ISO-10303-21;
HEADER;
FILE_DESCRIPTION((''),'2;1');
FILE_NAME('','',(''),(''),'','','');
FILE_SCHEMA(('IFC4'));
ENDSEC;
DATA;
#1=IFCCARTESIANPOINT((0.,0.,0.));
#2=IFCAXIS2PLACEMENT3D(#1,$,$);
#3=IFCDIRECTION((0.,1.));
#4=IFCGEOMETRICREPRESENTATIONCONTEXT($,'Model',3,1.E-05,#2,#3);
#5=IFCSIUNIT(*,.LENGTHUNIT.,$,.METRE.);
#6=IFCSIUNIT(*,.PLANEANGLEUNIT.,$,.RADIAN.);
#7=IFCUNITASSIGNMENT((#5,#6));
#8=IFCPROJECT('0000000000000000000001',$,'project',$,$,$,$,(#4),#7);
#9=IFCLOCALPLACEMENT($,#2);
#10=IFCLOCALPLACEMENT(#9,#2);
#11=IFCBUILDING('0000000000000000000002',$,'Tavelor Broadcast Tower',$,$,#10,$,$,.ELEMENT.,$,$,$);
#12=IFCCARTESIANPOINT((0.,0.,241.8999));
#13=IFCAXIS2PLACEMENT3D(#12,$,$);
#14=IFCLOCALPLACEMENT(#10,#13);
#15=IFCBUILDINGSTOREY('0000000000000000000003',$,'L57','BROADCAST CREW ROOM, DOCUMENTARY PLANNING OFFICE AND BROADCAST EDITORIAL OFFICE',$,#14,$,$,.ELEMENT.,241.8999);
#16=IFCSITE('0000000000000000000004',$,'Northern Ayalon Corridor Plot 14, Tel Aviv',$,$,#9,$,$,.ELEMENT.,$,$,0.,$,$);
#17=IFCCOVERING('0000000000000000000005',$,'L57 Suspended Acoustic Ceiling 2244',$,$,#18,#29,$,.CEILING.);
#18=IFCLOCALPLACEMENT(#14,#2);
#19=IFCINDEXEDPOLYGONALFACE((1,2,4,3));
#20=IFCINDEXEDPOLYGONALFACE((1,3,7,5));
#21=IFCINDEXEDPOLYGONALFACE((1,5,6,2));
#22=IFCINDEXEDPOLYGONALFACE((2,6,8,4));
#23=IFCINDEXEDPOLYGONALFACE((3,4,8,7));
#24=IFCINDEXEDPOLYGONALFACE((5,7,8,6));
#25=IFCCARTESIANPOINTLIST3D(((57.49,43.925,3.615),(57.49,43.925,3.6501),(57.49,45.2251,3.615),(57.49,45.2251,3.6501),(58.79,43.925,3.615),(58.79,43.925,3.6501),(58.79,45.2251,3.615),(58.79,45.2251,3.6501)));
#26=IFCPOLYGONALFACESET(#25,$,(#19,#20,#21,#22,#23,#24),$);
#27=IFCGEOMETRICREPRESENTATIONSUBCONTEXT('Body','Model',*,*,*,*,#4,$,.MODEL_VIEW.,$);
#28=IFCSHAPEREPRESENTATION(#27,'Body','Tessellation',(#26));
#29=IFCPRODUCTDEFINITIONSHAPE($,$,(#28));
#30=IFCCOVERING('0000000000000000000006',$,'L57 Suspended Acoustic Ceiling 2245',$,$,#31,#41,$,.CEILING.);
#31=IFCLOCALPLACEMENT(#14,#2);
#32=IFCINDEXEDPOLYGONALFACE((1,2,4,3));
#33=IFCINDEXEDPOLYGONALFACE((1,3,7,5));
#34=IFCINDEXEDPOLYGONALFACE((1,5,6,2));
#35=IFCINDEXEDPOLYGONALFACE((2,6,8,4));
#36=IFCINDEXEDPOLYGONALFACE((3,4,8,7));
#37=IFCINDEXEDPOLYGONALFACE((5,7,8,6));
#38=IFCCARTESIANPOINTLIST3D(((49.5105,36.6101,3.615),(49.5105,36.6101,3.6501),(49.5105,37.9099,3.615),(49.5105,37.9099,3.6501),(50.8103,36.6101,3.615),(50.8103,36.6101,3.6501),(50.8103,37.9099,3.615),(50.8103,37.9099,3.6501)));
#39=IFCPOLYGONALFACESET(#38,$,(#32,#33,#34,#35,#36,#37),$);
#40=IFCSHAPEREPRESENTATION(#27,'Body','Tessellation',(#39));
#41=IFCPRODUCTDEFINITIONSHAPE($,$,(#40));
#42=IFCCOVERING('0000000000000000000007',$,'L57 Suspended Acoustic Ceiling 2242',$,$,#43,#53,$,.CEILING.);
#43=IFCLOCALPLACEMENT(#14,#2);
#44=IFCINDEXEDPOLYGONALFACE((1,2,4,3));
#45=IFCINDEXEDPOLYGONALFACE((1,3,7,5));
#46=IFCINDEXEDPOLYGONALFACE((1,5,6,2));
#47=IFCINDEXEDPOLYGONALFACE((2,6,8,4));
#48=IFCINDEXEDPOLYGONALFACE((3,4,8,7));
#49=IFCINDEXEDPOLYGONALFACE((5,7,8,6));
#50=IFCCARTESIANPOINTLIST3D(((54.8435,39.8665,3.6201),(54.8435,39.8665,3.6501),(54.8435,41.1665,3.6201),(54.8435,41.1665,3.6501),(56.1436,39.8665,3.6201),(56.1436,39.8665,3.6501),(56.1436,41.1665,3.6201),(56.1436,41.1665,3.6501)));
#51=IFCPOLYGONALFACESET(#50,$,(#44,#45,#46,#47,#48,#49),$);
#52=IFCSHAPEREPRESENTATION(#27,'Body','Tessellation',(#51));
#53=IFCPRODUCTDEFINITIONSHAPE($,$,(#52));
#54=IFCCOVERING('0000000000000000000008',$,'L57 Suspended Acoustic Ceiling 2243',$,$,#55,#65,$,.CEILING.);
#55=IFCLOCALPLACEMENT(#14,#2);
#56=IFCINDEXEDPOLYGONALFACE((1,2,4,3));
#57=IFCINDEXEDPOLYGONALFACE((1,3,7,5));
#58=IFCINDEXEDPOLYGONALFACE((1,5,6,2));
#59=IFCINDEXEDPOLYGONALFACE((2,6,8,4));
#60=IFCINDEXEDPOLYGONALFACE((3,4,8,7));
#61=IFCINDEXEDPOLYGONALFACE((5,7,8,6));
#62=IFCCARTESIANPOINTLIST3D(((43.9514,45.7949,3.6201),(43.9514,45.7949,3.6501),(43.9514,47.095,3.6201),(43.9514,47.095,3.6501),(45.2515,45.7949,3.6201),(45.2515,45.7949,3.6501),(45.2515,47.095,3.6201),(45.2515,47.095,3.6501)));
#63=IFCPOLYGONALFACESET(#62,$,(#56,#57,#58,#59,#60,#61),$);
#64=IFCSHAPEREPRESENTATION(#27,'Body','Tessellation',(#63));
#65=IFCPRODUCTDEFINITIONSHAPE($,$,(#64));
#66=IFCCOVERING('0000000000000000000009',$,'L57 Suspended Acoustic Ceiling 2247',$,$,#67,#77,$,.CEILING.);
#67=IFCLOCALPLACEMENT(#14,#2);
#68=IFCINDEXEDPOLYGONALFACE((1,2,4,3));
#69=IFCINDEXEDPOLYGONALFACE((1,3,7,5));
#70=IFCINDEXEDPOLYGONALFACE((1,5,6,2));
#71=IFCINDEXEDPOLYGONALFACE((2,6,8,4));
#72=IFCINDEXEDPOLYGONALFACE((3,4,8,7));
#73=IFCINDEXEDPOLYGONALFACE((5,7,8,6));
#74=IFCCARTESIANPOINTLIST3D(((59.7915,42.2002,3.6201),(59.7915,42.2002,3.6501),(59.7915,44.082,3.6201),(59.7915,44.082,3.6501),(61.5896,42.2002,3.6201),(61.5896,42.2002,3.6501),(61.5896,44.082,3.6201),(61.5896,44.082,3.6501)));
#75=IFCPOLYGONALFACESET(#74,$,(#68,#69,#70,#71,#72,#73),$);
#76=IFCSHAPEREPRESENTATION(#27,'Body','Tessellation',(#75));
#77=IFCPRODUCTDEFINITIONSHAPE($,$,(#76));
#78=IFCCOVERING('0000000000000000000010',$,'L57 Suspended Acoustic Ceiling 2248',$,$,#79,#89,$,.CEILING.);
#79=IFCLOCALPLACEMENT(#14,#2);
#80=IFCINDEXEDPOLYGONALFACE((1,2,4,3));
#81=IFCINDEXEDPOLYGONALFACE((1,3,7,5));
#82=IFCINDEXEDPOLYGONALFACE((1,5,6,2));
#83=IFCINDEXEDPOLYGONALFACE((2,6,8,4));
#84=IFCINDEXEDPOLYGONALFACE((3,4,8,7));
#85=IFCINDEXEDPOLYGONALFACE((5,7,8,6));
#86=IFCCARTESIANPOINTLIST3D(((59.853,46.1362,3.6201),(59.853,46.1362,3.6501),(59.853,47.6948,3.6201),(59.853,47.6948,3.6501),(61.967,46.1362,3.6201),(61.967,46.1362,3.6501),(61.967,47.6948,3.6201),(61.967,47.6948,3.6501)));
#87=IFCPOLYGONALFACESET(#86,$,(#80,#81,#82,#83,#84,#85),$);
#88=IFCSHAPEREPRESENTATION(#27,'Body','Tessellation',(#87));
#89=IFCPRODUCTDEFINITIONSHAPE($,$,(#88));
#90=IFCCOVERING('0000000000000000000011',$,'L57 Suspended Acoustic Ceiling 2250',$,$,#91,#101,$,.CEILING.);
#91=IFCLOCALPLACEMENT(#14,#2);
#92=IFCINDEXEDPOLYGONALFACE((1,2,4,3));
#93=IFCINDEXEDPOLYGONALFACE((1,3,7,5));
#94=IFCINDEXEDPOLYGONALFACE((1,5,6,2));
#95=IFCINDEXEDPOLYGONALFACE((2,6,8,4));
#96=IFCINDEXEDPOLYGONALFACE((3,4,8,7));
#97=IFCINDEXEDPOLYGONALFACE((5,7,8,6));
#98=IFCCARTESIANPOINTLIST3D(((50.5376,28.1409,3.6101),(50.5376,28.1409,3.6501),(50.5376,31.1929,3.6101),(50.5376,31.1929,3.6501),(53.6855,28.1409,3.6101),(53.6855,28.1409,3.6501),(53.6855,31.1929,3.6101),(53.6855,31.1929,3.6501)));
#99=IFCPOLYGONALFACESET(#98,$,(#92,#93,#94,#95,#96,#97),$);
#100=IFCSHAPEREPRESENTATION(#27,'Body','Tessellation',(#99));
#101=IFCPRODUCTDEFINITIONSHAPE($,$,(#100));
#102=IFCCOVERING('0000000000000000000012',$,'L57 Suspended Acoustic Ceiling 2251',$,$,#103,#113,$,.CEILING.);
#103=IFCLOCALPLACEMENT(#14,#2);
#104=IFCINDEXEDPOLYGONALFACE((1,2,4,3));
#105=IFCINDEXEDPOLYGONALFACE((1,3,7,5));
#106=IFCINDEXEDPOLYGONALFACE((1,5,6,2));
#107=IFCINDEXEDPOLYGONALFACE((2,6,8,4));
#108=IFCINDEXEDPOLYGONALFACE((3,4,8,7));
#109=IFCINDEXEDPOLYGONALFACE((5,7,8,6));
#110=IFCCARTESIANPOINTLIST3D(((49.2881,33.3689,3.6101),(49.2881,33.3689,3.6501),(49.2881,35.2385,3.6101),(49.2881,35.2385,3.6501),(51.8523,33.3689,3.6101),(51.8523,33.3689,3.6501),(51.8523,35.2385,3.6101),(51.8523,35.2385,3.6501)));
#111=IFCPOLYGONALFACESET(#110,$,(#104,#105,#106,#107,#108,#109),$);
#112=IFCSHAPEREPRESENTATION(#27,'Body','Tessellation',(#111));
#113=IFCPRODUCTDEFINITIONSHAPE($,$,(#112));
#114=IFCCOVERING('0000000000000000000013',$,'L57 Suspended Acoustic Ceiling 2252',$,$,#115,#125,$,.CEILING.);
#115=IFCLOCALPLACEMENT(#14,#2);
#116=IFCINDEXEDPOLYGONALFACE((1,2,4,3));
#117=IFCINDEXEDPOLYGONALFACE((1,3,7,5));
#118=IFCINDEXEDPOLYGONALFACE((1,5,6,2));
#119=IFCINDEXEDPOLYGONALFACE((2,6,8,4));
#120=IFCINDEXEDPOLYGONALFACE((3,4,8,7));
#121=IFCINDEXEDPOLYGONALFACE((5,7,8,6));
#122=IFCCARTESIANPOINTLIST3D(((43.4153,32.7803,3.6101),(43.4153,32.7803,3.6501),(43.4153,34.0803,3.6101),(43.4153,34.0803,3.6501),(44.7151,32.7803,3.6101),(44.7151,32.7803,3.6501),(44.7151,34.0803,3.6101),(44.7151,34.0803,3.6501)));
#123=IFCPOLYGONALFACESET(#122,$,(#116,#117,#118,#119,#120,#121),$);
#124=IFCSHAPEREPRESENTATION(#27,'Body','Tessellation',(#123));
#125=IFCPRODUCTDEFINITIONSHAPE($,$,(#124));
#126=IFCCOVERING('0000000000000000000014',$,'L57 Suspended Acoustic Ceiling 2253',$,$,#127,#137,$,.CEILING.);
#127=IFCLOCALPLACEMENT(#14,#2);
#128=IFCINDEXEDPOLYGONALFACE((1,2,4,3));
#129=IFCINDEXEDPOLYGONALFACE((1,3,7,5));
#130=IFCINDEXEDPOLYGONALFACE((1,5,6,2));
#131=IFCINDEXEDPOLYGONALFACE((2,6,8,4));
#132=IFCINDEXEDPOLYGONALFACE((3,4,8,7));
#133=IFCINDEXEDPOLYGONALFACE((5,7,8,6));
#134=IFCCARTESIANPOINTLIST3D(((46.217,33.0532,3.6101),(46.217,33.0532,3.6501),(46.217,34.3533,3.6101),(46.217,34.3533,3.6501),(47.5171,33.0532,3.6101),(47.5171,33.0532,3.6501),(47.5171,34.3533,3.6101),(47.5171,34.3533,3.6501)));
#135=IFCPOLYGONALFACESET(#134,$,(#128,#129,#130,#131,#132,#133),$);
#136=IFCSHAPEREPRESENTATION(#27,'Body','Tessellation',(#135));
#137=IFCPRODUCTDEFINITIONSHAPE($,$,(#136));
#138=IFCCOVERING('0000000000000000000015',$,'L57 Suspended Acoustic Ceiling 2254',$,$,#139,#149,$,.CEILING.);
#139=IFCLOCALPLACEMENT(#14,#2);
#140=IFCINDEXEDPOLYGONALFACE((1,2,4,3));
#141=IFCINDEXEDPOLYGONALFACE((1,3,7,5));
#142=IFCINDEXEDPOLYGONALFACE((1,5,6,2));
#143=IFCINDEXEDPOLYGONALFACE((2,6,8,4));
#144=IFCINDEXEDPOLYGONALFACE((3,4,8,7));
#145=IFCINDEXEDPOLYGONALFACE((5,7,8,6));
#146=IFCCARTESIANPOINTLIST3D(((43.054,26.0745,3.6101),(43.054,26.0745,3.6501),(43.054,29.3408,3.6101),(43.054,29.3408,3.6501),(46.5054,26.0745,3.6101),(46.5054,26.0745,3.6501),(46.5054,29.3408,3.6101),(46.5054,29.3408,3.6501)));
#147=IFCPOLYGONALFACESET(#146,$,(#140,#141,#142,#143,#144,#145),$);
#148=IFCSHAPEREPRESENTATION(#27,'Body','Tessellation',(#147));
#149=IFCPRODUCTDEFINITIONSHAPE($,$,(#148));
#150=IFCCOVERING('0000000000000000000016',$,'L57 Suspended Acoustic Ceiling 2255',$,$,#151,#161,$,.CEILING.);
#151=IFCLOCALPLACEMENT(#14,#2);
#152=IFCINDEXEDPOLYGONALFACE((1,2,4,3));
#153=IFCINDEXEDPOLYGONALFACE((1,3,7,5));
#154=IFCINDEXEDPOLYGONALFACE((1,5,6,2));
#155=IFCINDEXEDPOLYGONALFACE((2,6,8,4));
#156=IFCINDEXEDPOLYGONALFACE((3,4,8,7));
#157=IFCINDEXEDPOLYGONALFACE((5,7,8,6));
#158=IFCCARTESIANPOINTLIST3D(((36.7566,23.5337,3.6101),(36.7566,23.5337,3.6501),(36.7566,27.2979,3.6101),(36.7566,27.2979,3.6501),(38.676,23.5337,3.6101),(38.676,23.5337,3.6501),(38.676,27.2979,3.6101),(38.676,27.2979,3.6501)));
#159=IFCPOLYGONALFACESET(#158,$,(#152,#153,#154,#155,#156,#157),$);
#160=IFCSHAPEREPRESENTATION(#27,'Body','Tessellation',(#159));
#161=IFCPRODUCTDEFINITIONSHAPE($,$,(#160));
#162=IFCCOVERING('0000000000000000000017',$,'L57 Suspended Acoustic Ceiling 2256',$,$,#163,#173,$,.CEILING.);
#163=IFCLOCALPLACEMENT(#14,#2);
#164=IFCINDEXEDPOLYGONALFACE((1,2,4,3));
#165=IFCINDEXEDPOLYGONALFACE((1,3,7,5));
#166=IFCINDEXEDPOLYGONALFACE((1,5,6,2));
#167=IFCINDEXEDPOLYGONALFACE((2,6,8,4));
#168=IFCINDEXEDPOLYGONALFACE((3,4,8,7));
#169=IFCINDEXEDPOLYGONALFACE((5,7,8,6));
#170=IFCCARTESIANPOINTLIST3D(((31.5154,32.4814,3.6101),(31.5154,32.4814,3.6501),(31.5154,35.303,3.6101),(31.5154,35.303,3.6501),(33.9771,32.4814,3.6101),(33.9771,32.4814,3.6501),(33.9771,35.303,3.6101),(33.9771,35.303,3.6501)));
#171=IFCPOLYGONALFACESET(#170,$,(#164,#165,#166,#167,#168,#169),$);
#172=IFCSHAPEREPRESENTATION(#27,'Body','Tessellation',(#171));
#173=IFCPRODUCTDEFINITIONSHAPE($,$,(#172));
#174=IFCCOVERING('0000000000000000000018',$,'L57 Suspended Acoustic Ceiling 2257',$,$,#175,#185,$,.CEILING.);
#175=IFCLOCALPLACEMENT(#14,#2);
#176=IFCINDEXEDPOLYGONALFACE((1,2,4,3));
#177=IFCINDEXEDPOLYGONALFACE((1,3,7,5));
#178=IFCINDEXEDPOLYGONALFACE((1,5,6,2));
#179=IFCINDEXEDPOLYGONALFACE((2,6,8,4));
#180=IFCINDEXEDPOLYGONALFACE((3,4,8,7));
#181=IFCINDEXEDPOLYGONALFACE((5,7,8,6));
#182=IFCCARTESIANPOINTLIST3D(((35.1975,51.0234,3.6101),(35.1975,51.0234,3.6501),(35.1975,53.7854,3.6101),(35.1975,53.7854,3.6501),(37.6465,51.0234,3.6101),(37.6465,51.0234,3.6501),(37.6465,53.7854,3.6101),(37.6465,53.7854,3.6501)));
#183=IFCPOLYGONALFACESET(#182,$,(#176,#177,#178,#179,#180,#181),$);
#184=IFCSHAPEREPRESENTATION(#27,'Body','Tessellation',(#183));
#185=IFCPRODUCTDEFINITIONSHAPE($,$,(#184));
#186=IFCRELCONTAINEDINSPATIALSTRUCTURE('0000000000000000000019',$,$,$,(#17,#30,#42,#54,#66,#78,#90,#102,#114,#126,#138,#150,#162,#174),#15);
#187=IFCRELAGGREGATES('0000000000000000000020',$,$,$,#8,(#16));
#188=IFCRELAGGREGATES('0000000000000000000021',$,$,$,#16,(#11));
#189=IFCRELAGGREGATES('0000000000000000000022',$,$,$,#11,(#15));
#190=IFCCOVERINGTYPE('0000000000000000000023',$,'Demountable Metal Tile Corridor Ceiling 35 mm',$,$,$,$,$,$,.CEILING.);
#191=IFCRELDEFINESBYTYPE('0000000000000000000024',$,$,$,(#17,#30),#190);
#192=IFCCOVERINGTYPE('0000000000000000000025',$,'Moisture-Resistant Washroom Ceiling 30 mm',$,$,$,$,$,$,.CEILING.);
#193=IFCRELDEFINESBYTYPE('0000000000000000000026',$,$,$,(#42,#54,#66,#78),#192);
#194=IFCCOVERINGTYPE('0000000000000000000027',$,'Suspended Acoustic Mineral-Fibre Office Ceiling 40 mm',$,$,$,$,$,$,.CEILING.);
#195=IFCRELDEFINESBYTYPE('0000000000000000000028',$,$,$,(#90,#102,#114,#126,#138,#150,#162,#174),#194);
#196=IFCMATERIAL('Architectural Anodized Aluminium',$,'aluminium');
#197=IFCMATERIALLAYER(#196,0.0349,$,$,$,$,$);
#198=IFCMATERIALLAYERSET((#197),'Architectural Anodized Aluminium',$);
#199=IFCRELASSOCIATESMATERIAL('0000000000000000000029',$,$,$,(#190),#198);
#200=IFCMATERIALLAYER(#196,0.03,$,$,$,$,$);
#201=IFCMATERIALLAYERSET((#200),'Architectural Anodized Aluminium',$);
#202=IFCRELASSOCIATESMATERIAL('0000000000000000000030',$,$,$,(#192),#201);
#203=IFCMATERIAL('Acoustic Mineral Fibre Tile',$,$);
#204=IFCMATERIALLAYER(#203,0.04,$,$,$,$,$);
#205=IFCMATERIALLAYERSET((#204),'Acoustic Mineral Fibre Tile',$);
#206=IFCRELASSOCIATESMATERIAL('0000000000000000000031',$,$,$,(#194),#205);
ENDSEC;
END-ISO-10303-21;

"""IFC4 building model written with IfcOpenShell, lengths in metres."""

from ifc_helpers import new_model, si_unit, direction, frame, origin, place, context, subcontext, project, spatial, polyline, outline, extrude, material, layer, layer_set, type_object, element, save


model = new_model("IFC4")

# Units and contexts
model_context = context("Model", 3, precision=1e-05, world=origin(), true_north=direction((0.0, 1.0)))
body_context = subcontext(model_context, "Body", "Model", "MODEL_VIEW")
ifc_project = project(units=[si_unit("LENGTHUNIT", "METRE"), si_unit("PLANEANGLEUNIT", "RADIAN")], contexts=[model_context])

# Site, building, storey
site_placement = place(None, origin())
site = spatial("IfcSite", under=ifc_project, at=site_placement, Name="Northern Ayalon Corridor Plot 14, Tel Aviv", CompositionType="ELEMENT", RefElevation=0.0)
building_placement = place(site_placement, origin())
building = spatial("IfcBuilding", under=site, at=building_placement, Name="Tavelor Broadcast Tower", CompositionType="ELEMENT")
storey_placement = place(building_placement, frame((0.0, 0.0, 241.8999)))
storey = spatial("IfcBuildingStorey", under=building, at=storey_placement, Name="L57", Description="BROADCAST CREW ROOM, DOCUMENTARY PLANNING OFFICE AND BROADCAST EDITORIAL OFFICE", CompositionType="ELEMENT", Elevation=241.8999)

# Coverings
ifc_material_1 = material(Name="Architectural Anodized Aluminium", Category="aluminium")
ifc_layer_1 = layer(ifc_material_1, 0.0349)
ifc_layer_set_1 = layer_set([ifc_layer_1], Name="Architectural Anodized Aluminium")
covering_type_1 = type_object("IfcCoveringType", Name="Demountable Metal Tile Corridor Ceiling 35 mm", PredefinedType="CEILING", material=ifc_layer_set_1)
covering_1_placement = place(storey_placement, frame((0.0, 0.0, 3.615)))
element("IfcCovering", 1, at=covering_1_placement, inside=storey, type_object=covering_type_1, Name="L57 Suspended Acoustic Ceiling 2244", PredefinedType="CEILING", context=body_context, shape_type="SweptSolid", body=[
    extrude(outline(polyline([(57.49, 43.925), (58.79, 43.925), (58.79, 45.2251), (57.49, 45.2251), (57.49, 43.925)])), origin(), (0.0, 0.0, 1.0), 0.0352),
])
covering_2_placement = place(storey_placement, frame((0.0, 0.0, 3.615)))
element("IfcCovering", 2, at=covering_2_placement, inside=storey, type_object=covering_type_1, Name="L57 Suspended Acoustic Ceiling 2245", PredefinedType="CEILING", context=body_context, shape_type="SweptSolid", body=[
    extrude(outline(polyline([(49.5105, 36.6101), (50.8103, 36.6101), (50.8103, 37.9099), (49.5105, 37.9099), (49.5105, 36.6101)])), origin(), (0.0, 0.0, 1.0), 0.0352),
])
ifc_layer_2 = layer(ifc_material_1, 0.03)
ifc_layer_set_2 = layer_set([ifc_layer_2], Name="Architectural Anodized Aluminium")
covering_type_2 = type_object("IfcCoveringType", Name="Moisture-Resistant Washroom Ceiling 30 mm", PredefinedType="CEILING", material=ifc_layer_set_2)
covering_3_placement = place(storey_placement, frame((0.0, 0.0, 3.6201)))
element("IfcCovering", 3, at=covering_3_placement, inside=storey, type_object=covering_type_2, Name="L57 Suspended Acoustic Ceiling 2242", PredefinedType="CEILING", context=body_context, shape_type="SweptSolid", body=[
    extrude(outline(polyline([(54.8435, 39.8665), (56.1436, 39.8665), (56.1436, 41.1665), (54.8435, 41.1665), (54.8435, 39.8665)])), origin(), (0.0, 0.0, 1.0), 0.03),
])
covering_4_placement = place(storey_placement, frame((0.0, 0.0, 3.6201)))
element("IfcCovering", 4, at=covering_4_placement, inside=storey, type_object=covering_type_2, Name="L57 Suspended Acoustic Ceiling 2243", PredefinedType="CEILING", context=body_context, shape_type="SweptSolid", body=[
    extrude(outline(polyline([(43.9514, 45.7949), (45.2515, 45.7949), (45.2515, 47.095), (43.9514, 47.095), (43.9514, 45.7949)])), origin(), (0.0, 0.0, 1.0), 0.03),
])
covering_5_placement = place(storey_placement, frame((0.0, 0.0, 3.6201)))
element("IfcCovering", 5, at=covering_5_placement, inside=storey, type_object=covering_type_2, Name="L57 Suspended Acoustic Ceiling 2247", PredefinedType="CEILING", context=body_context, shape_type="SweptSolid", body=[
    extrude(outline(polyline([(59.7915, 42.2002), (61.5896, 42.2002), (61.5896, 44.082), (59.7915, 44.082), (59.7915, 42.2002)])), origin(), (0.0, 0.0, 1.0), 0.03),
])
covering_6_placement = place(storey_placement, frame((0.0, 0.0, 3.6201)))
element("IfcCovering", 6, at=covering_6_placement, inside=storey, type_object=covering_type_2, Name="L57 Suspended Acoustic Ceiling 2248", PredefinedType="CEILING", context=body_context, shape_type="SweptSolid", body=[
    extrude(outline(polyline([(59.853, 46.1362), (61.967, 46.1362), (61.967, 47.6948), (59.853, 47.6948), (59.853, 46.1362)])), origin(), (0.0, 0.0, 1.0), 0.03),
])
ifc_material_2 = material(Name="Acoustic Mineral Fibre Tile")
ifc_layer_3 = layer(ifc_material_2, 0.04)
ifc_layer_set_3 = layer_set([ifc_layer_3], Name="Acoustic Mineral Fibre Tile")
covering_type_3 = type_object("IfcCoveringType", Name="Suspended Acoustic Mineral-Fibre Office Ceiling 40 mm", PredefinedType="CEILING", material=ifc_layer_set_3)
covering_7_placement = place(storey_placement, frame((0.0, 0.0, 3.6101)))
element("IfcCovering", 7, at=covering_7_placement, inside=storey, type_object=covering_type_3, Name="L57 Suspended Acoustic Ceiling 2250", PredefinedType="CEILING", context=body_context, shape_type="SweptSolid", body=[
    extrude(outline(polyline([(50.5376, 28.1409), (53.6855, 28.1409), (53.6855, 31.1929), (50.5376, 31.1929), (50.5376, 28.1409)])), origin(), (0.0, 0.0, 1.0), 0.04),
])
covering_8_placement = place(storey_placement, frame((0.0, 0.0, 3.6101)))
element("IfcCovering", 8, at=covering_8_placement, inside=storey, type_object=covering_type_3, Name="L57 Suspended Acoustic Ceiling 2251", PredefinedType="CEILING", context=body_context, shape_type="SweptSolid", body=[
    extrude(outline(polyline([(49.2881, 33.3689), (51.8523, 33.3689), (51.8523, 35.2385), (49.2881, 35.2385), (49.2881, 33.3689)])), origin(), (0.0, 0.0, 1.0), 0.04),
])
covering_9_placement = place(storey_placement, frame((0.0, 0.0, 3.6101)))
element("IfcCovering", 9, at=covering_9_placement, inside=storey, type_object=covering_type_3, Name="L57 Suspended Acoustic Ceiling 2252", PredefinedType="CEILING", context=body_context, shape_type="SweptSolid", body=[
    extrude(outline(polyline([(43.4153, 32.7803), (44.7151, 32.7803), (44.7151, 34.0803), (43.4153, 34.0803), (43.4153, 32.7803)])), origin(), (0.0, 0.0, 1.0), 0.04),
])
covering_10_placement = place(storey_placement, frame((0.0, 0.0, 3.6101)))
element("IfcCovering", 10, at=covering_10_placement, inside=storey, type_object=covering_type_3, Name="L57 Suspended Acoustic Ceiling 2253", PredefinedType="CEILING", context=body_context, shape_type="SweptSolid", body=[
    extrude(outline(polyline([(46.217, 33.0532), (47.5171, 33.0532), (47.5171, 34.3533), (46.217, 34.3533), (46.217, 33.0532)])), origin(), (0.0, 0.0, 1.0), 0.04),
])
covering_11_placement = place(storey_placement, frame((0.0, 0.0, 3.6101)))
element("IfcCovering", 11, at=covering_11_placement, inside=storey, type_object=covering_type_3, Name="L57 Suspended Acoustic Ceiling 2254", PredefinedType="CEILING", context=body_context, shape_type="SweptSolid", body=[
    extrude(outline(polyline([(43.054, 26.0745), (46.5054, 26.0745), (46.5054, 29.3408), (43.054, 29.3408), (43.054, 26.0745)])), origin(), (0.0, 0.0, 1.0), 0.04),
])
covering_12_placement = place(storey_placement, frame((0.0, 0.0, 3.6101)))
element("IfcCovering", 12, at=covering_12_placement, inside=storey, type_object=covering_type_3, Name="L57 Suspended Acoustic Ceiling 2255", PredefinedType="CEILING", context=body_context, shape_type="SweptSolid", body=[
    extrude(outline(polyline([(36.7566, 23.5337), (38.676, 23.5337), (38.676, 27.2979), (36.7566, 27.2979), (36.7566, 23.5337)])), origin(), (0.0, 0.0, 1.0), 0.04),
])
covering_13_placement = place(storey_placement, frame((0.0, 0.0, 3.6101)))
element("IfcCovering", 13, at=covering_13_placement, inside=storey, type_object=covering_type_3, Name="L57 Suspended Acoustic Ceiling 2256", PredefinedType="CEILING", context=body_context, shape_type="SweptSolid", body=[
    extrude(outline(polyline([(31.5154, 32.4814), (33.9771, 32.4814), (33.9771, 35.303), (31.5154, 35.303), (31.5154, 32.4814)])), origin(), (0.0, 0.0, 1.0), 0.04),
])
covering_14_placement = place(storey_placement, frame((0.0, 0.0, 3.6101)))
element("IfcCovering", 14, at=covering_14_placement, inside=storey, type_object=covering_type_3, Name="L57 Suspended Acoustic Ceiling 2257", PredefinedType="CEILING", context=body_context, shape_type="SweptSolid", body=[
    extrude(outline(polyline([(35.1975, 51.0234), (37.6465, 51.0234), (37.6465, 53.7854), (35.1975, 53.7854), (35.1975, 51.0234)])), origin(), (0.0, 0.0, 1.0), 0.04),
])

save(model, "model.ifc")
